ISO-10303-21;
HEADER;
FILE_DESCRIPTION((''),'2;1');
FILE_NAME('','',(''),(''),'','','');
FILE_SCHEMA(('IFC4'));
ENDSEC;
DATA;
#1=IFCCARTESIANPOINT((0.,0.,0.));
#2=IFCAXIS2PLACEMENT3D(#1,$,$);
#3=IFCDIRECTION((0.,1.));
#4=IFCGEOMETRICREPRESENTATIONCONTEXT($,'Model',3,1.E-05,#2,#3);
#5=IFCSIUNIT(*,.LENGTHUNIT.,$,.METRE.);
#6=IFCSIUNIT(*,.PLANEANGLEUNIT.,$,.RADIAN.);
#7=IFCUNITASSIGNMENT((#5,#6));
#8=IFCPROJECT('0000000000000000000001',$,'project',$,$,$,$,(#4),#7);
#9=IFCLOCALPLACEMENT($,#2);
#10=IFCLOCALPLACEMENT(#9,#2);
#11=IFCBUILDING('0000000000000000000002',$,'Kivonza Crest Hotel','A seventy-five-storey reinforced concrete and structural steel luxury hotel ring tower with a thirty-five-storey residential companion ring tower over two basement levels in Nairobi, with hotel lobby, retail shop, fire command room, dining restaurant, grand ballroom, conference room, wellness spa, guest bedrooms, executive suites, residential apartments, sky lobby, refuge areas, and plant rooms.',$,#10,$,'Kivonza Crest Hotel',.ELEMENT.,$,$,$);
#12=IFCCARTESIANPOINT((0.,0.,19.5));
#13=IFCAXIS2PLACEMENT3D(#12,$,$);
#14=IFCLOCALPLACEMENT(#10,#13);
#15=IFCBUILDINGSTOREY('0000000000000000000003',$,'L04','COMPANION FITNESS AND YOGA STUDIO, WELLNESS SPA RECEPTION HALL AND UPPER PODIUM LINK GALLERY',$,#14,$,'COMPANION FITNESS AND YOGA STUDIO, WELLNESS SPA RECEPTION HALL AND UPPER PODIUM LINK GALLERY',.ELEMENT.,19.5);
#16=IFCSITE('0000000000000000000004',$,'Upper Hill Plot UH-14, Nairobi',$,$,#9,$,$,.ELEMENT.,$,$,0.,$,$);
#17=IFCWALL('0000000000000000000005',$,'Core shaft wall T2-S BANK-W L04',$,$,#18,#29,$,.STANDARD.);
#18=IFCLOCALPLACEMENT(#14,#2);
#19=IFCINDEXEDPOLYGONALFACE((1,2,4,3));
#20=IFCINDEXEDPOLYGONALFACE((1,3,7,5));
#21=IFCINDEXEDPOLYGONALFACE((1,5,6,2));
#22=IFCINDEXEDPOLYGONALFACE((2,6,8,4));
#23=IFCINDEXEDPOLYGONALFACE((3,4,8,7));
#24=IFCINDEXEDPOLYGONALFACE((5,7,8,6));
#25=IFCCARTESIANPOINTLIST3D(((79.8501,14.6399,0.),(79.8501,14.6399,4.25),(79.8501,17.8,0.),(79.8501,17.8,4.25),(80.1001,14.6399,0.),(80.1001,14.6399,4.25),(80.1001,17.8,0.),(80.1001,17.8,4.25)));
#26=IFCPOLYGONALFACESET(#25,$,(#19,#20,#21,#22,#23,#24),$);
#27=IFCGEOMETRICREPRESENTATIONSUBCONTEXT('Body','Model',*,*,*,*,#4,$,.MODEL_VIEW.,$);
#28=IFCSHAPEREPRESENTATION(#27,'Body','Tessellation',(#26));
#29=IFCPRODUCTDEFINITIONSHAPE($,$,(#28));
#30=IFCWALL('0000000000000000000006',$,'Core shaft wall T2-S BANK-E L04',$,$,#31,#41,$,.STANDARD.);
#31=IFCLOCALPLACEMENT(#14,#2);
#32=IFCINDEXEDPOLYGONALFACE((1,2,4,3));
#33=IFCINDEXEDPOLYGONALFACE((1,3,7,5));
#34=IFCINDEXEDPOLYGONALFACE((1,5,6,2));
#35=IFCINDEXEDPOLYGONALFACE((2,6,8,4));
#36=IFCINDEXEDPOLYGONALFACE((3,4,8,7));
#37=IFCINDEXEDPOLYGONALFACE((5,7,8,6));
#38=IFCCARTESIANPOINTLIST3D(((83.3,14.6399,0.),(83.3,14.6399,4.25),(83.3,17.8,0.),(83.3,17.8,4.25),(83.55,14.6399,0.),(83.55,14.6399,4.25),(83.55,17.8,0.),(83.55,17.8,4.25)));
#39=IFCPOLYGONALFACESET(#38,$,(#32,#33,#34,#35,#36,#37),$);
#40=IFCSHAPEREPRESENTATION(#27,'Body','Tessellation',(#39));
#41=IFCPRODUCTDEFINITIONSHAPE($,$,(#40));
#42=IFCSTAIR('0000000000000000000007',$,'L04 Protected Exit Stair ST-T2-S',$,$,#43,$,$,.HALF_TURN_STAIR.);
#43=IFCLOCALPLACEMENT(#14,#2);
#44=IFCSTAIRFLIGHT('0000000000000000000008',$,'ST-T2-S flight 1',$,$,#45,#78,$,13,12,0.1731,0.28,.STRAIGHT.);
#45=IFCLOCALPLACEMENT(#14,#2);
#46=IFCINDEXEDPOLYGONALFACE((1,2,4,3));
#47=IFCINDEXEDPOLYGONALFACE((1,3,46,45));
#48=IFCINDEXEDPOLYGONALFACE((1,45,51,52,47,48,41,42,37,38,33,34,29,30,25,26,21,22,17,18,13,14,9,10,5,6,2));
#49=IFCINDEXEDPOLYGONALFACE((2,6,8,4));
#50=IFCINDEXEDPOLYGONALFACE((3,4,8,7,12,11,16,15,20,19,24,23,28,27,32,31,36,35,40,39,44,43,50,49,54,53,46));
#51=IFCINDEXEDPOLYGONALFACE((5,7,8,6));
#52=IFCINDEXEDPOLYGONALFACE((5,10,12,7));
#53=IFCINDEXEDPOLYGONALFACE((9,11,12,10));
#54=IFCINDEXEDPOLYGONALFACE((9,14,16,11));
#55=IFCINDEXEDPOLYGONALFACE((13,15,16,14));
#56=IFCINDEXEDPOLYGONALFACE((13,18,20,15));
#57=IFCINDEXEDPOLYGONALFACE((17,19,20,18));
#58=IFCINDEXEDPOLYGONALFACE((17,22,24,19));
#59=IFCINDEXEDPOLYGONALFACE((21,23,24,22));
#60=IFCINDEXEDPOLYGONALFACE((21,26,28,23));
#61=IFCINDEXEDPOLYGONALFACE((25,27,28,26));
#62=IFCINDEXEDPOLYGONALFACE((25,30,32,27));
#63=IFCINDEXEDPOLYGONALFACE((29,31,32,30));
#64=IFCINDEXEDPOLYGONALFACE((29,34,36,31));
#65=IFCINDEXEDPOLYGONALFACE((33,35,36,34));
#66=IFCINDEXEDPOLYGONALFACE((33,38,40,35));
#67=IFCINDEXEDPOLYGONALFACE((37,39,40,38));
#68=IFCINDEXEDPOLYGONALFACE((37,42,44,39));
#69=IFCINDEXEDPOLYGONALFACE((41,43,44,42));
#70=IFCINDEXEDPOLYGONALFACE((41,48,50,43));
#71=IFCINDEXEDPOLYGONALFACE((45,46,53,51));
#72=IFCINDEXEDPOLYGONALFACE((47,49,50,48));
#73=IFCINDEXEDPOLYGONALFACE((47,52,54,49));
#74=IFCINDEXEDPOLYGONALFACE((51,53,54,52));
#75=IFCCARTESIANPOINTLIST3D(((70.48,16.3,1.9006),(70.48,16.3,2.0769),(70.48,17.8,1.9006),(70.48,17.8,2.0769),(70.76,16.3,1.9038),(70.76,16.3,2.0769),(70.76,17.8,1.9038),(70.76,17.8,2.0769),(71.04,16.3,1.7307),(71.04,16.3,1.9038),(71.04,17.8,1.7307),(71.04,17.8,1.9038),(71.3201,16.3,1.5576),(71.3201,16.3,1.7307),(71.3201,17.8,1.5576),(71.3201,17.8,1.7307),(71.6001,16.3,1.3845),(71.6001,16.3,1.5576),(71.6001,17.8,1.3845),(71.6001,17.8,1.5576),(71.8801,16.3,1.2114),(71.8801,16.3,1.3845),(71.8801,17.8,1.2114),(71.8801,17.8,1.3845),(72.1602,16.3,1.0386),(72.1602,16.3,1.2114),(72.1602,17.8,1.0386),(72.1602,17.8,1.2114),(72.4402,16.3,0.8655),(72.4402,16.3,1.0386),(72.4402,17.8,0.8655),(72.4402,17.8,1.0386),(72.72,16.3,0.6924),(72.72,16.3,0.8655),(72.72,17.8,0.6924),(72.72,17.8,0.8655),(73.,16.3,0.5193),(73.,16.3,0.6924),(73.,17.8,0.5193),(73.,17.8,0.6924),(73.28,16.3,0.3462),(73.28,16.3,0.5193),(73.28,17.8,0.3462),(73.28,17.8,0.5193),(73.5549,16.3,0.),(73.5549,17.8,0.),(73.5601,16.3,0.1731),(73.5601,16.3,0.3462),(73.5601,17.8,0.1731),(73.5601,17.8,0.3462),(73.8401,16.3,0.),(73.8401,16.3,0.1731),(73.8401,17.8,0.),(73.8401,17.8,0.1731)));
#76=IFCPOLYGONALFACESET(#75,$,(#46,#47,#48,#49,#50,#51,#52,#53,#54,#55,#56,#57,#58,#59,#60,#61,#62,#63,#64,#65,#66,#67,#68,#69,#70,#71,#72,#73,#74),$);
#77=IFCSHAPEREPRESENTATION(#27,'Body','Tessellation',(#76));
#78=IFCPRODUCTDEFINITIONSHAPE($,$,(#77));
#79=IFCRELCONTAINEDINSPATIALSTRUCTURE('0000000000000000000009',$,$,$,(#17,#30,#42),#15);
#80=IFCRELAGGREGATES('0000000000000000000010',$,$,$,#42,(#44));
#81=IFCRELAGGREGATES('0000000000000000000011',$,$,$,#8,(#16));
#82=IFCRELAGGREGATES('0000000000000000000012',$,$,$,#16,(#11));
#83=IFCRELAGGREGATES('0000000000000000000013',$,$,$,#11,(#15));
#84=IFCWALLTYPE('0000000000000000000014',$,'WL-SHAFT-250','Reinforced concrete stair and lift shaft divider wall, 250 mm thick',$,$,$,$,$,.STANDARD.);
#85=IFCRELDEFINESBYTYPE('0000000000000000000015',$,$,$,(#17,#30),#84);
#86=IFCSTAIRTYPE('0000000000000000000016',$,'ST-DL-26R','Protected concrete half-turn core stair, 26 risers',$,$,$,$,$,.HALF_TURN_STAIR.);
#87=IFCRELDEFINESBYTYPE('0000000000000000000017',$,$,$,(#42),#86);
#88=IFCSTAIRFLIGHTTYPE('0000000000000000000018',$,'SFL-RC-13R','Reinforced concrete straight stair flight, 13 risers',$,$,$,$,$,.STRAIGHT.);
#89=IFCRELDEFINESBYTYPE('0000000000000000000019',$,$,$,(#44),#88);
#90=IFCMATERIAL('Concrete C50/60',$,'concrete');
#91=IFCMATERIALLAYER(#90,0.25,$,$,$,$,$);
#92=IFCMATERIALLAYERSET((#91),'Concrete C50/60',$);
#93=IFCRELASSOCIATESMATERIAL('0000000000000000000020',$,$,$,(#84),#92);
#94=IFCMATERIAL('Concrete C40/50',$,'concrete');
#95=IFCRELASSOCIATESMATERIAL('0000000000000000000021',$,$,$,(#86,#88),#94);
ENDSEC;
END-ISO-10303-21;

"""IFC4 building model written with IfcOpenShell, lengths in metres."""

from ifc_helpers import new_model, si_unit, direction, frame, frame_2d, origin, place, context, subcontext, project, spatial, polyline, rectangle, outline, extrude, material, layer, layer_set, type_object, element, aggregate, save


model = new_model("IFC4")

# Units and contexts
model_context = context("Model", 3, precision=1e-05, world=origin(), true_north=direction((0.0, 1.0)))
body_context = subcontext(model_context, "Body", "Model", "MODEL_VIEW")
ifc_project = project(units=[si_unit("LENGTHUNIT", "METRE"), si_unit("PLANEANGLEUNIT", "RADIAN")], contexts=[model_context])

# Site, building, storey
site_placement = place(None, origin())
site = spatial("IfcSite", under=ifc_project, at=site_placement, Name="Upper Hill Plot UH-14, Nairobi", CompositionType="ELEMENT", RefElevation=0.0)
building_placement = place(site_placement, origin())
building = spatial("IfcBuilding", under=site, at=building_placement, Name="Kivonza Crest Hotel", Description="A seventy-five-storey reinforced concrete and structural steel luxury hotel ring tower with a thirty-five-storey residential companion ring tower over two basement levels in Nairobi, with hotel lobby, retail shop, fire command room, dining restaurant, grand ballroom, conference room, wellness spa, guest bedrooms, executive suites, residential apartments, sky lobby, refuge areas, and plant rooms.", LongName="Kivonza Crest Hotel", CompositionType="ELEMENT")
storey_placement = place(building_placement, frame((0.0, 0.0, 19.5)))
storey = spatial("IfcBuildingStorey", under=building, at=storey_placement, Name="L04", Description="COMPANION FITNESS AND YOGA STUDIO, WELLNESS SPA RECEPTION HALL AND UPPER PODIUM LINK GALLERY", LongName="COMPANION FITNESS AND YOGA STUDIO, WELLNESS SPA RECEPTION HALL AND UPPER PODIUM LINK GALLERY", CompositionType="ELEMENT", Elevation=19.5)

# Shared definitions
ifc_material_1 = material(Name="Concrete C50/60", Category="concrete")
ifc_layer_1 = layer(ifc_material_1, 0.25)
ifc_layer_set_1 = layer_set([ifc_layer_1], Name="Concrete C50/60")
wall_type_1 = type_object("IfcWallType", Name="WL-SHAFT-250", Description="Reinforced concrete stair and lift shaft divider wall, 250 mm thick", PredefinedType="STANDARD", material=ifc_layer_set_1)

# Walls
for number, where, z_axis, x_axis, name in (
    (1, (79.9751, 14.6399, 0.0), (0.0, 0.0, 1.0), (0.0, 1.0, 0.0), "Core shaft wall T2-S BANK-W L04"),
    (2, (83.425, 14.6399, 0.0), (0.0, 0.0, 1.0), (0.0, 1.0, 0.0), "Core shaft wall T2-S BANK-E L04"),
):
    element("IfcWall", number, at=place(storey_placement, frame(where, z_axis=z_axis, x_axis=x_axis)), inside=storey, type_object=wall_type_1, Name=name, PredefinedType="STANDARD", context=body_context, shape_type="SweptSolid", body=[
        extrude(rectangle(XDim=3.1602, YDim=0.25, at=frame_2d((1.5801, 0.0))), origin(), (0.0, 0.0, 1.0), 4.25),
    ])

# Stair, stair flight
ifc_material_2 = material(Name="Concrete C40/50", Category="concrete")
stair_type = type_object("IfcStairType", Name="ST-DL-26R", Description="Protected concrete half-turn core stair, 26 risers", PredefinedType="HALF_TURN_STAIR", material=ifc_material_2)
stair_placement = place(storey_placement, origin())
stair = element("IfcStair", 3, at=stair_placement, inside=storey, type_object=stair_type, Name="L04 Protected Exit Stair ST-T2-S", PredefinedType="HALF_TURN_STAIR")
stair_flight_type = type_object("IfcStairFlightType", Name="SFL-RC-13R", Description="Reinforced concrete straight stair flight, 13 risers", PredefinedType="STRAIGHT", material=ifc_material_2)
stair_flight_placement = place(storey_placement, frame((73.8401, 17.05, 0.0), z_axis=(0.0, 0.0, 1.0), x_axis=(-1.0, 0.0, 0.0)))
stair_flight = element("IfcStairFlight", 4, at=stair_flight_placement, type_object=stair_flight_type, Name="ST-T2-S flight 1", NumberOfRisers=13, NumberOfTreads=12, PredefinedType="STRAIGHT", RiserHeight=0.1731, TreadLength=0.28, context=body_context, shape_type="SweptSolid", body=[
    extrude(outline(polyline([(0.0, 0.0), (0.0, 0.1731), (0.28, 0.1731), (0.28, 0.3462), (0.5601, 0.3462), (0.5601, 0.5193), (0.8401, 0.5193), (0.8401, 0.6924), (1.1201, 0.6924), (1.1201, 0.8655), (1.3999, 0.8655), (1.3999, 1.0386), (1.6799, 1.0386), (1.6799, 1.2114), (1.96, 1.2114), (1.96, 1.3845), (2.24, 1.3845), (2.24, 1.5576), (2.52, 1.5576), (2.52, 1.7307), (2.8, 1.7307), (2.8, 1.9038), (3.0801, 1.9038), (3.0801, 2.0769), (3.3601, 2.0769), (3.3601, 2.25), (3.3601, 1.9006), (0.2852, 0.0), (0.0, 0.0)])), frame((0.0, 0.75, 0.0), z_axis=(0.0, -1.0, 0.0), x_axis=(1.0, 0.0, 0.0)), (0.0, 0.0, 1.0), 1.5),
])
aggregate(stair, [stair_flight])

save(model, "model.ifc")
